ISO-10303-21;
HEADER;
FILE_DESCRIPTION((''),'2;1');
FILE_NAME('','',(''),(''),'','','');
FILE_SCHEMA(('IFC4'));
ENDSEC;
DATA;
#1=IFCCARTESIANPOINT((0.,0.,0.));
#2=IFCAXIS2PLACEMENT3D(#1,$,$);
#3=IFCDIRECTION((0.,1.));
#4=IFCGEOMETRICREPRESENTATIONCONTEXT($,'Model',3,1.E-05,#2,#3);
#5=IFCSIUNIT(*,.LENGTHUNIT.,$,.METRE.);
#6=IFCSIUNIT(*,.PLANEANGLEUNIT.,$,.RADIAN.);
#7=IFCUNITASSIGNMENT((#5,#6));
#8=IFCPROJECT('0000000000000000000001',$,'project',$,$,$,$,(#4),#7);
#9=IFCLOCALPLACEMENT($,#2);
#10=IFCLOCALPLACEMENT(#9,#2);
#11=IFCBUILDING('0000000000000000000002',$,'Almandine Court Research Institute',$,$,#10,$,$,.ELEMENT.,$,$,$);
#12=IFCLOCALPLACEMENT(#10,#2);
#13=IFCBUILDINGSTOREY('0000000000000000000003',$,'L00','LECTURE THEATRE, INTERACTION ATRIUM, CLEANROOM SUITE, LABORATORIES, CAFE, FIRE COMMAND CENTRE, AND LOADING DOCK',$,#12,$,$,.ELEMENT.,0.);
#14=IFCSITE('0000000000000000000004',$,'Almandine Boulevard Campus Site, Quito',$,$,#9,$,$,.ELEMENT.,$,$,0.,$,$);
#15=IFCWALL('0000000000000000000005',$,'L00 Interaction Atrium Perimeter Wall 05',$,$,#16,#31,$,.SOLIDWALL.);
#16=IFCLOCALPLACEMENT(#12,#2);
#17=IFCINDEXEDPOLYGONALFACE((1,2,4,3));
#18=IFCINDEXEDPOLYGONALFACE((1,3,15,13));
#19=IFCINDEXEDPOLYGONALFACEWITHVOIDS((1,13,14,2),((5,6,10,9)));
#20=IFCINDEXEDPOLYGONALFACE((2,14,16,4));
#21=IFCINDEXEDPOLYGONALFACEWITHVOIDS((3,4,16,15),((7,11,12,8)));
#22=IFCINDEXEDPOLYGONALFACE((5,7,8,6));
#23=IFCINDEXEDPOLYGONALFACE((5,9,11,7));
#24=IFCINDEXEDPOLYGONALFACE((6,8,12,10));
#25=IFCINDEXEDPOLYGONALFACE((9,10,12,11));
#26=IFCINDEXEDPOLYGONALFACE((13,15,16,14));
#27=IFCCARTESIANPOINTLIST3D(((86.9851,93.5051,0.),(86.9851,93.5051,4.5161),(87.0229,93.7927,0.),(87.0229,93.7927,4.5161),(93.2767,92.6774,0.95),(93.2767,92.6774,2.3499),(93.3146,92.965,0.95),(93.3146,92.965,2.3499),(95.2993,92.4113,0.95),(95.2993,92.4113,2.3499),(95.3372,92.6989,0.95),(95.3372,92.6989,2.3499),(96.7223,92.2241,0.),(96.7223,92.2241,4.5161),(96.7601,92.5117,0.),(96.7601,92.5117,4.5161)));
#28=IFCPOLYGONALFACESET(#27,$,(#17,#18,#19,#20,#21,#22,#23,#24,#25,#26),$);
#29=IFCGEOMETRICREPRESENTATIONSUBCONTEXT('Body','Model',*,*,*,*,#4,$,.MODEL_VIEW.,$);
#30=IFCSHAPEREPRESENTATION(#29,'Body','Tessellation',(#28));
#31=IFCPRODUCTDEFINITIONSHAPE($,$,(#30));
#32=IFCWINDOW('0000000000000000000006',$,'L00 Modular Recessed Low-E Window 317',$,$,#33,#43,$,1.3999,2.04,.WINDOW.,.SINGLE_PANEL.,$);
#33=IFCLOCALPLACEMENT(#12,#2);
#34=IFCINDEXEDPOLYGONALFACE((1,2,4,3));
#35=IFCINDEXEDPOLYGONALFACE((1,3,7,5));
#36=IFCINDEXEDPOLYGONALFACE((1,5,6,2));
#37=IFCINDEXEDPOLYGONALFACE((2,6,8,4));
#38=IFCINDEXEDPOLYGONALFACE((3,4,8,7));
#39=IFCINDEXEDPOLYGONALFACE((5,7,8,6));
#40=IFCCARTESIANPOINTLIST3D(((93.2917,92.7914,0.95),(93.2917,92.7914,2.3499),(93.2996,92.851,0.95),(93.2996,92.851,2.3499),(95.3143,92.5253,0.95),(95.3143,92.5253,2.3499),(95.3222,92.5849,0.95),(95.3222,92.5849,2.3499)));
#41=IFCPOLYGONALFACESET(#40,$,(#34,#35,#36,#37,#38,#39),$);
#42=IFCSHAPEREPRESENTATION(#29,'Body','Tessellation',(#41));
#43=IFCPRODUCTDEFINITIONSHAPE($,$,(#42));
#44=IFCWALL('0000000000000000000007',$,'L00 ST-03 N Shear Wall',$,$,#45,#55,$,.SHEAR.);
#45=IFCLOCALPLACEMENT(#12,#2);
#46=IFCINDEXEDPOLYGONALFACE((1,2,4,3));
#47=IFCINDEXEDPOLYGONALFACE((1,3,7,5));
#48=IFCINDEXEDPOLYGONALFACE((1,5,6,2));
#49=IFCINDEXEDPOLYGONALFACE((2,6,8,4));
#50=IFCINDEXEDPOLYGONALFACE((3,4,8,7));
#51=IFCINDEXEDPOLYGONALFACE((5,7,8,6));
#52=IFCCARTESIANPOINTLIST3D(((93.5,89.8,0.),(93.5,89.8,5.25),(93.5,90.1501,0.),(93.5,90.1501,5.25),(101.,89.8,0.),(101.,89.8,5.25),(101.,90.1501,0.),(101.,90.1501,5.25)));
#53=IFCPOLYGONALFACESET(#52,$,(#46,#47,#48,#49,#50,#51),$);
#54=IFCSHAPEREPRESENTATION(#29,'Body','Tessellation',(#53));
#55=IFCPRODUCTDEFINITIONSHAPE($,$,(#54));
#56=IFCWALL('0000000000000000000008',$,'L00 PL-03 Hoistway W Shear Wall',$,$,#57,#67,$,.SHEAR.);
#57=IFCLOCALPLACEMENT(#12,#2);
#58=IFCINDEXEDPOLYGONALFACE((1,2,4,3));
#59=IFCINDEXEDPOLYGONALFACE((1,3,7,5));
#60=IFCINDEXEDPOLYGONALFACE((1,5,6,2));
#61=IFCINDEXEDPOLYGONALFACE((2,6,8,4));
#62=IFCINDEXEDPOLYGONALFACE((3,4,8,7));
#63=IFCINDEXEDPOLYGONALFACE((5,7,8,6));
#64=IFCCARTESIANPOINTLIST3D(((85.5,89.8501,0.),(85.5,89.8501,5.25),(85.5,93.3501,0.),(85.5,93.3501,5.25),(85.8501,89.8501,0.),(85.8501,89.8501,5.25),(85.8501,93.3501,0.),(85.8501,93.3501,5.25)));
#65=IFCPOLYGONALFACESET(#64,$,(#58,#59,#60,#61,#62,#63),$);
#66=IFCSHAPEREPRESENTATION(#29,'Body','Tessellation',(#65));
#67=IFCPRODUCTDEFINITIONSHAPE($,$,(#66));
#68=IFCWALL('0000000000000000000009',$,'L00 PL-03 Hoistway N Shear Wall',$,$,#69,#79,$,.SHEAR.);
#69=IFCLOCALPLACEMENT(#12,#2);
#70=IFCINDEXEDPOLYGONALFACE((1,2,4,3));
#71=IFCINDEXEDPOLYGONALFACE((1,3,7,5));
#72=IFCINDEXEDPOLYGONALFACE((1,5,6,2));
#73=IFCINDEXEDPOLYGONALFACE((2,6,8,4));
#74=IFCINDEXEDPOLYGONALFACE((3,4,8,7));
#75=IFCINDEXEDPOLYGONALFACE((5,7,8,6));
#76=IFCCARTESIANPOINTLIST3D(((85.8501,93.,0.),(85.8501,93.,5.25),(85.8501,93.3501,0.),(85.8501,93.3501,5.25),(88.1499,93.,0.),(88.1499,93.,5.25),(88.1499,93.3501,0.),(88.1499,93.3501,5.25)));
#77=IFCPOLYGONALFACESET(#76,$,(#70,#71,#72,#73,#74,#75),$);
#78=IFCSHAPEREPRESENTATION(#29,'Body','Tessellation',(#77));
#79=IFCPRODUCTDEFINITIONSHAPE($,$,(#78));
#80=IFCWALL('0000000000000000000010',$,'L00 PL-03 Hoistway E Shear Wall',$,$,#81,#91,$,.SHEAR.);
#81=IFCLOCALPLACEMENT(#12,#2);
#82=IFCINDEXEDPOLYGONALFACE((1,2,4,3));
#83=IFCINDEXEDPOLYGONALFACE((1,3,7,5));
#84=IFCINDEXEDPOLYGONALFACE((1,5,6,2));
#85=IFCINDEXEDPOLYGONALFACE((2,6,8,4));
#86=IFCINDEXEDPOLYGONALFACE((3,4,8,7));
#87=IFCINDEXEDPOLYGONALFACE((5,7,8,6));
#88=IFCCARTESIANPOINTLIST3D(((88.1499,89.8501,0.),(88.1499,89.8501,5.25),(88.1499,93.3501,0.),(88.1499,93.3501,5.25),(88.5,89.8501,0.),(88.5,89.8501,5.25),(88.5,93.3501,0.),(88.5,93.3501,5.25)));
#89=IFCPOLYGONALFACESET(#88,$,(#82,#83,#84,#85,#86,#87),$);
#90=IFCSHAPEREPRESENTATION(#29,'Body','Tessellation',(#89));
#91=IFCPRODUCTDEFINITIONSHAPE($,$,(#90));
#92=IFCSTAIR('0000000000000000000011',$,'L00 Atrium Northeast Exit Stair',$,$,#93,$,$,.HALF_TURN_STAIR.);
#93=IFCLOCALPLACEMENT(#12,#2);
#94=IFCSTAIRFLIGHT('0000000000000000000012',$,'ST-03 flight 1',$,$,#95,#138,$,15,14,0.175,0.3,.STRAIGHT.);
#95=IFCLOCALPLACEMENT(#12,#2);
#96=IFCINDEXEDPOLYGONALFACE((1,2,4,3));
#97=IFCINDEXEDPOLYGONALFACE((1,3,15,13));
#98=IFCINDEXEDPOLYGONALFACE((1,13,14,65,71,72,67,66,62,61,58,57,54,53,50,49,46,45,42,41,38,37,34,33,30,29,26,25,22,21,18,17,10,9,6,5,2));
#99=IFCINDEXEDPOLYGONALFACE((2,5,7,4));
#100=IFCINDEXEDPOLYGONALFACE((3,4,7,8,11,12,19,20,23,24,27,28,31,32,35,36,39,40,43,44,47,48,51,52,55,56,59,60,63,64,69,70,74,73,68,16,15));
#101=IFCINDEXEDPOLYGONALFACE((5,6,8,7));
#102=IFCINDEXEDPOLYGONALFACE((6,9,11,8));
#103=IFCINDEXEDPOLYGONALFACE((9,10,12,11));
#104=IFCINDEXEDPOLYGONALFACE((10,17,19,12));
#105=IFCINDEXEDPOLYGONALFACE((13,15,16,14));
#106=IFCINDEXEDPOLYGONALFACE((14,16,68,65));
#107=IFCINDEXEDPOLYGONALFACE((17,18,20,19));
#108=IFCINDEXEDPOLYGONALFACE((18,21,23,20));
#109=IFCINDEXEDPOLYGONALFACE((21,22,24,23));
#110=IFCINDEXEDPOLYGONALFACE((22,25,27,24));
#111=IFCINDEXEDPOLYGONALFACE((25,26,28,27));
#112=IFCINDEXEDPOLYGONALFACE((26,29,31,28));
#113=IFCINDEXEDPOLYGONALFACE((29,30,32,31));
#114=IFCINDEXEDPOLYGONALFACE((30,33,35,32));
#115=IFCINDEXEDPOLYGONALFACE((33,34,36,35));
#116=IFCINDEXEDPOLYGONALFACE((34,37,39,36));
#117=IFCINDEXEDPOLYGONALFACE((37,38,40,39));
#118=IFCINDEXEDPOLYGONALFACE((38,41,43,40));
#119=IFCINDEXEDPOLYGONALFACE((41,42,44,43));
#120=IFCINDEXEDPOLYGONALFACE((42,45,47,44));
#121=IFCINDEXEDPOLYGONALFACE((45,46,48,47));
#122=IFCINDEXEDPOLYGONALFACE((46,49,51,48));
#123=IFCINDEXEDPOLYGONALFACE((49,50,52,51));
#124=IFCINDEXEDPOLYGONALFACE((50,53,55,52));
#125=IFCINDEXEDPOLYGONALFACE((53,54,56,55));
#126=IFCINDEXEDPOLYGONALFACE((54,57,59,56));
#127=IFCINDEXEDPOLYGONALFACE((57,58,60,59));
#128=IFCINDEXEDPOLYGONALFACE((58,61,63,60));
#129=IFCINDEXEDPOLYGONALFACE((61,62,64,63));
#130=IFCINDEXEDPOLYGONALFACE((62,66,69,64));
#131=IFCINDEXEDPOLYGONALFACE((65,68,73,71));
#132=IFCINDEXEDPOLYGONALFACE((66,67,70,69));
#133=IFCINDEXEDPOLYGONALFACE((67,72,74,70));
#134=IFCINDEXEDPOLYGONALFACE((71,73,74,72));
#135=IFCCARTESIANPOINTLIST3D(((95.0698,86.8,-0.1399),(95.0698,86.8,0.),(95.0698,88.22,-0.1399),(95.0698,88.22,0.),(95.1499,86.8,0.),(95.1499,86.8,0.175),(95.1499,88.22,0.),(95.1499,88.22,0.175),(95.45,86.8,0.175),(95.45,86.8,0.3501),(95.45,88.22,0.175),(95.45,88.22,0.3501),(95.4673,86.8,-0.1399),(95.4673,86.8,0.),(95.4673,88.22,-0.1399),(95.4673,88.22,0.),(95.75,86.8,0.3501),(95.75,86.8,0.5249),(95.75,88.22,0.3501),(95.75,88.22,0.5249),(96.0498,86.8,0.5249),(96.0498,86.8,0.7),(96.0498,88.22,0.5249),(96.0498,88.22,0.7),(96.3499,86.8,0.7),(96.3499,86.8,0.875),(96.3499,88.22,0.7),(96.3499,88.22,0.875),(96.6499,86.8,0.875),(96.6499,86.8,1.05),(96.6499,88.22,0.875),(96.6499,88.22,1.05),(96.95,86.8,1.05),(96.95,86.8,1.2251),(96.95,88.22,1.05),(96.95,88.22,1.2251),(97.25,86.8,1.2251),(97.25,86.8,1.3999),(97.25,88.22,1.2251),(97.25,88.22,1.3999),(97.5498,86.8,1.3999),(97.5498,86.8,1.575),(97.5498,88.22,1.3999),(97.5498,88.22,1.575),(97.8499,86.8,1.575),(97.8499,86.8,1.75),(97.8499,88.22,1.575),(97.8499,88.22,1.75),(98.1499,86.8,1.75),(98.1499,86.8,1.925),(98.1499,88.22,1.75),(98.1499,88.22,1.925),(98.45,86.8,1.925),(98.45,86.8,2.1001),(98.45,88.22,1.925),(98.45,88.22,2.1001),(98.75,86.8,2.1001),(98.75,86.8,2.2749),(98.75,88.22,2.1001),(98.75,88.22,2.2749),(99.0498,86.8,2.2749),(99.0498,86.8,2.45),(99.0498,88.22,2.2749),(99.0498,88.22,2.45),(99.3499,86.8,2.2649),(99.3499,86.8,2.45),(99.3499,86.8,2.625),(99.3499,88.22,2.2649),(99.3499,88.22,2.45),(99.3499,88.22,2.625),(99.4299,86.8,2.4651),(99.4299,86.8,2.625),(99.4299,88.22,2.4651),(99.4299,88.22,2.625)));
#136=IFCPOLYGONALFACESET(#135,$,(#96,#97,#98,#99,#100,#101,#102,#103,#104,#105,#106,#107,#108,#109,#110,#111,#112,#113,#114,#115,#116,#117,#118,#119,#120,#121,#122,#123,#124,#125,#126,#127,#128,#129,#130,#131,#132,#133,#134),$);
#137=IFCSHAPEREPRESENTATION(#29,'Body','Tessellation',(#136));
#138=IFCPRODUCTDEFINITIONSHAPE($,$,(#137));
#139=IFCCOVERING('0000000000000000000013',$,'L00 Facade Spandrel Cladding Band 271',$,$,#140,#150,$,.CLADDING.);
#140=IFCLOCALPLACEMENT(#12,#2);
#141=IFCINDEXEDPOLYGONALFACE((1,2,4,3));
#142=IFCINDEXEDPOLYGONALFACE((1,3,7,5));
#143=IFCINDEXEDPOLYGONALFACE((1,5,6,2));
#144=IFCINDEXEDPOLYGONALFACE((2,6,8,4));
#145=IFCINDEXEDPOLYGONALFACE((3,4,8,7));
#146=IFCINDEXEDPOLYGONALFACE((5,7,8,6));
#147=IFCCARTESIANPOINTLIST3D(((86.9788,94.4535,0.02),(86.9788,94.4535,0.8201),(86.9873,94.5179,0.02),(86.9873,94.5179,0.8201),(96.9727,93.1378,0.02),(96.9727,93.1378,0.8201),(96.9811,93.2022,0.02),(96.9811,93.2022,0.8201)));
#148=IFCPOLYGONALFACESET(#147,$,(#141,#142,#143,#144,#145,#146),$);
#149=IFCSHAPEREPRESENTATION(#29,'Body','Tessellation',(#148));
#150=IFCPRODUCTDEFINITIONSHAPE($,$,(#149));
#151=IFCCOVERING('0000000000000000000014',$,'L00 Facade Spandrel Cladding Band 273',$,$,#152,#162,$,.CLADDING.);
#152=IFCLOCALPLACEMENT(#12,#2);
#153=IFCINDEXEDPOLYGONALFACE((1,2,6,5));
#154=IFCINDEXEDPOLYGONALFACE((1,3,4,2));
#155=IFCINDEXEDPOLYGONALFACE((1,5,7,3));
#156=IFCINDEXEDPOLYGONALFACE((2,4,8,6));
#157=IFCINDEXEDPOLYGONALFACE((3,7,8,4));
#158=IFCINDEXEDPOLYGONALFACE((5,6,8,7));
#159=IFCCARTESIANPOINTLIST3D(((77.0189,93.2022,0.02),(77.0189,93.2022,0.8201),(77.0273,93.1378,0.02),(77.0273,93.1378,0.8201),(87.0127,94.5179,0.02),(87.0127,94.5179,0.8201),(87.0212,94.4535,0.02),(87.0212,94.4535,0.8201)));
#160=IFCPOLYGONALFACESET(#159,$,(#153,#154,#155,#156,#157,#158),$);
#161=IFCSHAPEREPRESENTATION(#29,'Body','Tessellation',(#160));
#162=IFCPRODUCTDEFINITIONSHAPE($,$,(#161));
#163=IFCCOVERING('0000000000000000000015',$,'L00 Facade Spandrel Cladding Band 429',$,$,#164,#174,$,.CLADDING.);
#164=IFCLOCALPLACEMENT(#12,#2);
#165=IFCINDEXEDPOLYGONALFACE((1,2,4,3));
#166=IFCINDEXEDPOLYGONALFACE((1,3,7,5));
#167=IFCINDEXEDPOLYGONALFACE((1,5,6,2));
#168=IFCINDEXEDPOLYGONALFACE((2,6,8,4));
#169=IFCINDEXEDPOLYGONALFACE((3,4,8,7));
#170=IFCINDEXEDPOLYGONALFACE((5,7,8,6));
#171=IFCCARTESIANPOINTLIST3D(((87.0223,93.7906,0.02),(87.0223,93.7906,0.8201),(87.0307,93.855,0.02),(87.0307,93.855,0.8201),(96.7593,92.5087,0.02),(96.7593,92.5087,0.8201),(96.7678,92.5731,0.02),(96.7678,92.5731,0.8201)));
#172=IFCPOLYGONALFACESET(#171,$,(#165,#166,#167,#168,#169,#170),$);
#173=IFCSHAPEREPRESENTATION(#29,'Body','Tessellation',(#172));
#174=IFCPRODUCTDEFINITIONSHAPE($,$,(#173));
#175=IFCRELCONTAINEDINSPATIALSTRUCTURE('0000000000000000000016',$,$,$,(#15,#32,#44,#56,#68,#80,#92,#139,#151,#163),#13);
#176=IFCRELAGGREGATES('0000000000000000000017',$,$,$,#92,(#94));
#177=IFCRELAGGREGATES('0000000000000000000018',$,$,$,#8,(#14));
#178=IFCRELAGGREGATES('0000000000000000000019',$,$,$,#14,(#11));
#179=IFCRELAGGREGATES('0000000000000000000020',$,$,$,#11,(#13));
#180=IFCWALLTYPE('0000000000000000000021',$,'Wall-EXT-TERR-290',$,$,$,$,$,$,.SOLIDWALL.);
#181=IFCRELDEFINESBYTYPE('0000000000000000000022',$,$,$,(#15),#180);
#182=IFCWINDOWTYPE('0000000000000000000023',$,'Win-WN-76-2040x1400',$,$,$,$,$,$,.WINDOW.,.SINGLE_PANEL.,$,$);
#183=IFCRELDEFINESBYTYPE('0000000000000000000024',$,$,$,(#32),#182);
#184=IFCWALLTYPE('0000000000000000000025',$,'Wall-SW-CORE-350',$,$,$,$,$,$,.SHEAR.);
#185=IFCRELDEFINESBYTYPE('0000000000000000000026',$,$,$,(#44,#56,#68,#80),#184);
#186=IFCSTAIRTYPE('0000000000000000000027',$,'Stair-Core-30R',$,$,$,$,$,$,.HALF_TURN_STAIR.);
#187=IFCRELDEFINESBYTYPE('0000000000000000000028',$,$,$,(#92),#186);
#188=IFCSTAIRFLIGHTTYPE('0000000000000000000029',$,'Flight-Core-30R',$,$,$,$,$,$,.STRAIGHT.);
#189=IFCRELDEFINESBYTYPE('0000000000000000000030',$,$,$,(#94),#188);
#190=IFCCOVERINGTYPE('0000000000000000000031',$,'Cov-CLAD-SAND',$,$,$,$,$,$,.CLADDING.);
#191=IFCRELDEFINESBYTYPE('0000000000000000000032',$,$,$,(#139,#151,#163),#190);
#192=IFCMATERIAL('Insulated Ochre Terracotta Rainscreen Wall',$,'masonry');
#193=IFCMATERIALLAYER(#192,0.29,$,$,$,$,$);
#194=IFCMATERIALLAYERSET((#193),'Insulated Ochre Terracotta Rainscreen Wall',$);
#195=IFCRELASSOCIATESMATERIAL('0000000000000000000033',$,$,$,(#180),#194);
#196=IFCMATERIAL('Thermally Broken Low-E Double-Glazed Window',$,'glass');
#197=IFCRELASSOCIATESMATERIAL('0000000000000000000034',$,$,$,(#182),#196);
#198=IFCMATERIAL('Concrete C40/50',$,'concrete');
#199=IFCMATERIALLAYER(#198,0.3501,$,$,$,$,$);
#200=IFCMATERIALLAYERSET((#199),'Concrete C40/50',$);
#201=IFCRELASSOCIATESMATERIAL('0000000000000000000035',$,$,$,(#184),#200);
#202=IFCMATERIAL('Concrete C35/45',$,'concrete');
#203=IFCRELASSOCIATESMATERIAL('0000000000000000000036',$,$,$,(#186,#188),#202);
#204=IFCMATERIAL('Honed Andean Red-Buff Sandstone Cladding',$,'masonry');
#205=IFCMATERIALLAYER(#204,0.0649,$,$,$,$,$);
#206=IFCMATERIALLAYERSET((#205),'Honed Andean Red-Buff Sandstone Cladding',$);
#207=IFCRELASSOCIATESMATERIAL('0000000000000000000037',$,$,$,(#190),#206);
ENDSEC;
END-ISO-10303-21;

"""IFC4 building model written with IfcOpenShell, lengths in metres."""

from ifc_helpers import new_model, si_unit, direction, frame, frame_2d, origin, origin_2d, place, context, subcontext, project, spatial, polyline, rectangle, outline, extrude, material, layer, layer_set, type_object, element, fill, aggregate, save


model = new_model("IFC4")

# Units and contexts
model_context = context("Model", 3, precision=1e-05, world=origin(), true_north=direction((0.0, 1.0)))
body_context = subcontext(model_context, "Body", "Model", "MODEL_VIEW")
ifc_project = project(units=[si_unit("LENGTHUNIT", "METRE"), si_unit("PLANEANGLEUNIT", "RADIAN")], contexts=[model_context])

# Site, building, storey
site_placement = place(None, origin())
site = spatial("IfcSite", under=ifc_project, at=site_placement, Name="Almandine Boulevard Campus Site, Quito", CompositionType="ELEMENT", RefElevation=0.0)
building_placement = place(site_placement, origin())
building = spatial("IfcBuilding", under=site, at=building_placement, Name="Almandine Court Research Institute", CompositionType="ELEMENT")
storey_placement = place(building_placement, origin())
storey = spatial("IfcBuildingStorey", under=building, at=storey_placement, Name="L00", Description="LECTURE THEATRE, INTERACTION ATRIUM, CLEANROOM SUITE, LABORATORIES, CAFE, FIRE COMMAND CENTRE, AND LOADING DOCK", CompositionType="ELEMENT", Elevation=0.0)

# Shared definitions
ifc_material_1 = material(Name="Insulated Ochre Terracotta Rainscreen Wall", Category="masonry")
ifc_layer_1 = layer(ifc_material_1, 0.29)
ifc_layer_set_1 = layer_set([ifc_layer_1], Name="Insulated Ochre Terracotta Rainscreen Wall")
wall_type_1 = type_object("IfcWallType", Name="Wall-EXT-TERR-290", PredefinedType="SOLIDWALL", material=ifc_layer_set_1)
ifc_material_2 = material(Name="Thermally Broken Low-E Double-Glazed Window", Category="glass")

# Wall, opening, window
wall_1_placement = place(storey_placement, frame((87.0039, 93.6489, 0.0), z_axis=(0.0, 0.0, 1.0), x_axis=(0.991457, -0.130436, 0.0)))
wall_1 = element("IfcWall", 1, at=wall_1_placement, inside=storey, type_object=wall_type_1, Name="L00 Interaction Atrium Perimeter Wall 05", PredefinedType="SOLIDWALL", context=body_context, shape_type="SweptSolid", body=[
    extrude(rectangle(XDim=9.821, YDim=0.29, at=frame_2d((4.9106, 0.0))), origin(), (0.0, 0.0, 1.0), 4.5161),
])
opening_1_placement = place(wall_1_placement, frame((6.3459, 0.0, 0.95)))
opening_1 = element("IfcOpeningElement", 2, at=opening_1_placement, cuts=wall_1, PredefinedType="OPENING", context=body_context, shape_type="SweptSolid", body=[
    extrude(rectangle(XDim=2.04, YDim=1.3999, at=frame_2d((1.02, 0.7))), frame((0.0, 0.155, 0.0), z_axis=(0.0, -1.0, 0.0), x_axis=(1.0, 0.0, 0.0)), (0.0, 0.0, 1.0), 0.3101),
])
window_type_1 = type_object("IfcWindowType", Name="Win-WN-76-2040x1400", PartitioningType="SINGLE_PANEL", PredefinedType="WINDOW", material=ifc_material_2)
window_1_placement = place(opening_1_placement, origin())
window_1 = element("IfcWindow", 3, at=window_1_placement, inside=storey, type_object=window_type_1, Name="L00 Modular Recessed Low-E Window 317", OverallHeight=1.3999, OverallWidth=2.04, PartitioningType="SINGLE_PANEL", PredefinedType="WINDOW", context=body_context, shape_type="SweptSolid", body=[
    extrude(rectangle(XDim=2.04, YDim=1.3999, at=frame_2d((1.02, 0.7))), frame((0.0, 0.03, 0.0), z_axis=(0.0, -1.0, 0.0), x_axis=(1.0, 0.0, 0.0)), (0.0, 0.0, 1.0), 0.0601),
])
fill(opening_1, window_1)

# Walls
ifc_material_3 = material(Name="Concrete C40/50", Category="concrete")
ifc_layer_2 = layer(ifc_material_3, 0.3501)
ifc_layer_set_2 = layer_set([ifc_layer_2], Name="Concrete C40/50")
wall_type_2 = type_object("IfcWallType", Name="Wall-SW-CORE-350", PredefinedType="SHEAR", material=ifc_layer_set_2)
wall_2_placement = place(storey_placement, frame((93.5, 89.9751, 0.0), z_axis=(0.0, 0.0, 1.0), x_axis=(1.0, 0.0, 0.0)))
element("IfcWall", 4, at=wall_2_placement, inside=storey, type_object=wall_type_2, Name="L00 ST-03 N Shear Wall", PredefinedType="SHEAR", context=body_context, shape_type="SweptSolid", body=[
    extrude(rectangle(XDim=7.5, YDim=0.3501, at=frame_2d((3.75, 0.0))), origin(), (0.0, 0.0, 1.0), 5.25),
])
wall_3_placement = place(storey_placement, frame((85.675, 89.8501, 0.0), z_axis=(0.0, 0.0, 1.0), x_axis=(0.0, 1.0, 0.0)))
element("IfcWall", 5, at=wall_3_placement, inside=storey, type_object=wall_type_2, Name="L00 PL-03 Hoistway W Shear Wall", PredefinedType="SHEAR", context=body_context, shape_type="SweptSolid", body=[
    extrude(rectangle(XDim=3.5, YDim=0.3501, at=frame_2d((1.75, 0.0))), origin(), (0.0, 0.0, 1.0), 5.25),
])
wall_4_placement = place(storey_placement, frame((85.8501, 93.175, 0.0), z_axis=(0.0, 0.0, 1.0), x_axis=(1.0, 0.0, 0.0)))
element("IfcWall", 6, at=wall_4_placement, inside=storey, type_object=wall_type_2, Name="L00 PL-03 Hoistway N Shear Wall", PredefinedType="SHEAR", context=body_context, shape_type="SweptSolid", body=[
    extrude(rectangle(XDim=2.2998, YDim=0.3501, at=frame_2d((1.1499, 0.0))), origin(), (0.0, 0.0, 1.0), 5.25),
])
wall_5_placement = place(storey_placement, frame((88.325, 93.3501, 0.0), z_axis=(0.0, 0.0, 1.0), x_axis=(0.0, -1.0, 0.0)))
element("IfcWall", 7, at=wall_5_placement, inside=storey, type_object=wall_type_2, Name="L00 PL-03 Hoistway E Shear Wall", PredefinedType="SHEAR", context=body_context, shape_type="SweptSolid", body=[
    extrude(rectangle(XDim=3.5, YDim=0.3501, at=frame_2d((1.75, 0.0))), origin(), (0.0, 0.0, 1.0), 5.25),
])

# Stair, stair flight
ifc_material_4 = material(Name="Concrete C35/45", Category="concrete")
stair_type = type_object("IfcStairType", Name="Stair-Core-30R", PredefinedType="HALF_TURN_STAIR", material=ifc_material_4)
stair_placement = place(storey_placement, origin())
stair = element("IfcStair", 8, at=stair_placement, inside=storey, type_object=stair_type, Name="L00 Atrium Northeast Exit Stair", PredefinedType="HALF_TURN_STAIR")
stair_flight_type = type_object("IfcStairFlightType", Name="Flight-Core-30R", PredefinedType="STRAIGHT", material=ifc_material_4)
stair_flight_placement = place(storey_placement, frame((95.1499, 87.51, 0.0), z_axis=(0.0, 0.0, 1.0), x_axis=(1.0, 0.0, 0.0)))
stair_flight = element("IfcStairFlight", 9, at=stair_flight_placement, type_object=stair_flight_type, Name="ST-03 flight 1", NumberOfRisers=15, NumberOfTreads=14, PredefinedType="STRAIGHT", RiserHeight=0.175, TreadLength=0.3, context=body_context, shape_type="SweptSolid", body=[
    extrude(outline(polyline([(-0.0801, -0.1399), (-0.0801, 0.0), (0.0, 0.0), (0.0, 0.175), (0.3, 0.175), (0.3, 0.3501), (0.6001, 0.3501), (0.6001, 0.5249), (0.8999, 0.5249), (0.8999, 0.7), (1.2, 0.7), (1.2, 0.875), (1.5, 0.875), (1.5, 1.05), (1.8, 1.05), (1.8, 1.2251), (2.1001, 1.2251), (2.1001, 1.3999), (2.3999, 1.3999), (2.3999, 1.575), (2.7, 1.575), (2.7, 1.75), (3.0, 1.75), (3.0, 1.925), (3.3, 1.925), (3.3, 2.1001), (3.6001, 2.1001), (3.6001, 2.2749), (3.8999, 2.2749), (3.8999, 2.45), (4.2, 2.45), (4.2, 2.625), (4.28, 2.625), (4.28, 2.4651), (4.2, 2.2649), (0.3174, 0.0), (0.3174, -0.1399), (-0.0801, -0.1399)])), frame((0.0, 0.71, 0.0), z_axis=(0.0, -1.0, 0.0), x_axis=(1.0, 0.0, 0.0)), (0.0, 0.0, 1.0), 1.4199),
])
aggregate(stair, [stair_flight])

# Coverings
ifc_material_5 = material(Name="Honed Andean Red-Buff Sandstone Cladding", Category="masonry")
ifc_layer_3 = layer(ifc_material_5, 0.0649)
ifc_layer_set_3 = layer_set([ifc_layer_3], Name="Honed Andean Red-Buff Sandstone Cladding")
covering_type = type_object("IfcCoveringType", Name="Cov-CLAD-SAND", PredefinedType="CLADDING", material=ifc_layer_set_3)
for number, where, z_axis, x_axis, name in (
    (10, (91.98, 93.8279, 0.02), (0.0, 0.0, 1.0), (-0.991445, 0.130526, 0.0), "L00 Facade Spandrel Cladding Band 271"),
    (11, (82.02, 93.8279, 0.02), (0.0, 0.0, 1.0), (-0.991445, -0.130526, 0.0), "L00 Facade Spandrel Cladding Band 273"),
):
    element("IfcCovering", number, at=place(storey_placement, frame(where, z_axis=z_axis, x_axis=x_axis)), inside=storey, type_object=covering_type, Name=name, PredefinedType="CLADDING", context=body_context, shape_type="SweptSolid", body=[
        extrude(rectangle(XDim=10.0801, YDim=0.0649, at=origin_2d()), origin(), (0.0, 0.0, 1.0), 0.8),
    ])
covering_placement = place(storey_placement, frame((91.895, 93.1819, 0.02), z_axis=(0.0, 0.0, 1.0), x_axis=(0.991445, -0.130526, 0.0)))
element("IfcCovering", 12, at=covering_placement, inside=storey, type_object=covering_type, Name="L00 Facade Spandrel Cladding Band 429", PredefinedType="CLADDING", context=body_context, shape_type="SweptSolid", body=[
    extrude(rectangle(XDim=9.821, YDim=0.0649, at=origin_2d()), origin(), (0.0, 0.0, 1.0), 0.8),
])

save(model, "model.ifc")
